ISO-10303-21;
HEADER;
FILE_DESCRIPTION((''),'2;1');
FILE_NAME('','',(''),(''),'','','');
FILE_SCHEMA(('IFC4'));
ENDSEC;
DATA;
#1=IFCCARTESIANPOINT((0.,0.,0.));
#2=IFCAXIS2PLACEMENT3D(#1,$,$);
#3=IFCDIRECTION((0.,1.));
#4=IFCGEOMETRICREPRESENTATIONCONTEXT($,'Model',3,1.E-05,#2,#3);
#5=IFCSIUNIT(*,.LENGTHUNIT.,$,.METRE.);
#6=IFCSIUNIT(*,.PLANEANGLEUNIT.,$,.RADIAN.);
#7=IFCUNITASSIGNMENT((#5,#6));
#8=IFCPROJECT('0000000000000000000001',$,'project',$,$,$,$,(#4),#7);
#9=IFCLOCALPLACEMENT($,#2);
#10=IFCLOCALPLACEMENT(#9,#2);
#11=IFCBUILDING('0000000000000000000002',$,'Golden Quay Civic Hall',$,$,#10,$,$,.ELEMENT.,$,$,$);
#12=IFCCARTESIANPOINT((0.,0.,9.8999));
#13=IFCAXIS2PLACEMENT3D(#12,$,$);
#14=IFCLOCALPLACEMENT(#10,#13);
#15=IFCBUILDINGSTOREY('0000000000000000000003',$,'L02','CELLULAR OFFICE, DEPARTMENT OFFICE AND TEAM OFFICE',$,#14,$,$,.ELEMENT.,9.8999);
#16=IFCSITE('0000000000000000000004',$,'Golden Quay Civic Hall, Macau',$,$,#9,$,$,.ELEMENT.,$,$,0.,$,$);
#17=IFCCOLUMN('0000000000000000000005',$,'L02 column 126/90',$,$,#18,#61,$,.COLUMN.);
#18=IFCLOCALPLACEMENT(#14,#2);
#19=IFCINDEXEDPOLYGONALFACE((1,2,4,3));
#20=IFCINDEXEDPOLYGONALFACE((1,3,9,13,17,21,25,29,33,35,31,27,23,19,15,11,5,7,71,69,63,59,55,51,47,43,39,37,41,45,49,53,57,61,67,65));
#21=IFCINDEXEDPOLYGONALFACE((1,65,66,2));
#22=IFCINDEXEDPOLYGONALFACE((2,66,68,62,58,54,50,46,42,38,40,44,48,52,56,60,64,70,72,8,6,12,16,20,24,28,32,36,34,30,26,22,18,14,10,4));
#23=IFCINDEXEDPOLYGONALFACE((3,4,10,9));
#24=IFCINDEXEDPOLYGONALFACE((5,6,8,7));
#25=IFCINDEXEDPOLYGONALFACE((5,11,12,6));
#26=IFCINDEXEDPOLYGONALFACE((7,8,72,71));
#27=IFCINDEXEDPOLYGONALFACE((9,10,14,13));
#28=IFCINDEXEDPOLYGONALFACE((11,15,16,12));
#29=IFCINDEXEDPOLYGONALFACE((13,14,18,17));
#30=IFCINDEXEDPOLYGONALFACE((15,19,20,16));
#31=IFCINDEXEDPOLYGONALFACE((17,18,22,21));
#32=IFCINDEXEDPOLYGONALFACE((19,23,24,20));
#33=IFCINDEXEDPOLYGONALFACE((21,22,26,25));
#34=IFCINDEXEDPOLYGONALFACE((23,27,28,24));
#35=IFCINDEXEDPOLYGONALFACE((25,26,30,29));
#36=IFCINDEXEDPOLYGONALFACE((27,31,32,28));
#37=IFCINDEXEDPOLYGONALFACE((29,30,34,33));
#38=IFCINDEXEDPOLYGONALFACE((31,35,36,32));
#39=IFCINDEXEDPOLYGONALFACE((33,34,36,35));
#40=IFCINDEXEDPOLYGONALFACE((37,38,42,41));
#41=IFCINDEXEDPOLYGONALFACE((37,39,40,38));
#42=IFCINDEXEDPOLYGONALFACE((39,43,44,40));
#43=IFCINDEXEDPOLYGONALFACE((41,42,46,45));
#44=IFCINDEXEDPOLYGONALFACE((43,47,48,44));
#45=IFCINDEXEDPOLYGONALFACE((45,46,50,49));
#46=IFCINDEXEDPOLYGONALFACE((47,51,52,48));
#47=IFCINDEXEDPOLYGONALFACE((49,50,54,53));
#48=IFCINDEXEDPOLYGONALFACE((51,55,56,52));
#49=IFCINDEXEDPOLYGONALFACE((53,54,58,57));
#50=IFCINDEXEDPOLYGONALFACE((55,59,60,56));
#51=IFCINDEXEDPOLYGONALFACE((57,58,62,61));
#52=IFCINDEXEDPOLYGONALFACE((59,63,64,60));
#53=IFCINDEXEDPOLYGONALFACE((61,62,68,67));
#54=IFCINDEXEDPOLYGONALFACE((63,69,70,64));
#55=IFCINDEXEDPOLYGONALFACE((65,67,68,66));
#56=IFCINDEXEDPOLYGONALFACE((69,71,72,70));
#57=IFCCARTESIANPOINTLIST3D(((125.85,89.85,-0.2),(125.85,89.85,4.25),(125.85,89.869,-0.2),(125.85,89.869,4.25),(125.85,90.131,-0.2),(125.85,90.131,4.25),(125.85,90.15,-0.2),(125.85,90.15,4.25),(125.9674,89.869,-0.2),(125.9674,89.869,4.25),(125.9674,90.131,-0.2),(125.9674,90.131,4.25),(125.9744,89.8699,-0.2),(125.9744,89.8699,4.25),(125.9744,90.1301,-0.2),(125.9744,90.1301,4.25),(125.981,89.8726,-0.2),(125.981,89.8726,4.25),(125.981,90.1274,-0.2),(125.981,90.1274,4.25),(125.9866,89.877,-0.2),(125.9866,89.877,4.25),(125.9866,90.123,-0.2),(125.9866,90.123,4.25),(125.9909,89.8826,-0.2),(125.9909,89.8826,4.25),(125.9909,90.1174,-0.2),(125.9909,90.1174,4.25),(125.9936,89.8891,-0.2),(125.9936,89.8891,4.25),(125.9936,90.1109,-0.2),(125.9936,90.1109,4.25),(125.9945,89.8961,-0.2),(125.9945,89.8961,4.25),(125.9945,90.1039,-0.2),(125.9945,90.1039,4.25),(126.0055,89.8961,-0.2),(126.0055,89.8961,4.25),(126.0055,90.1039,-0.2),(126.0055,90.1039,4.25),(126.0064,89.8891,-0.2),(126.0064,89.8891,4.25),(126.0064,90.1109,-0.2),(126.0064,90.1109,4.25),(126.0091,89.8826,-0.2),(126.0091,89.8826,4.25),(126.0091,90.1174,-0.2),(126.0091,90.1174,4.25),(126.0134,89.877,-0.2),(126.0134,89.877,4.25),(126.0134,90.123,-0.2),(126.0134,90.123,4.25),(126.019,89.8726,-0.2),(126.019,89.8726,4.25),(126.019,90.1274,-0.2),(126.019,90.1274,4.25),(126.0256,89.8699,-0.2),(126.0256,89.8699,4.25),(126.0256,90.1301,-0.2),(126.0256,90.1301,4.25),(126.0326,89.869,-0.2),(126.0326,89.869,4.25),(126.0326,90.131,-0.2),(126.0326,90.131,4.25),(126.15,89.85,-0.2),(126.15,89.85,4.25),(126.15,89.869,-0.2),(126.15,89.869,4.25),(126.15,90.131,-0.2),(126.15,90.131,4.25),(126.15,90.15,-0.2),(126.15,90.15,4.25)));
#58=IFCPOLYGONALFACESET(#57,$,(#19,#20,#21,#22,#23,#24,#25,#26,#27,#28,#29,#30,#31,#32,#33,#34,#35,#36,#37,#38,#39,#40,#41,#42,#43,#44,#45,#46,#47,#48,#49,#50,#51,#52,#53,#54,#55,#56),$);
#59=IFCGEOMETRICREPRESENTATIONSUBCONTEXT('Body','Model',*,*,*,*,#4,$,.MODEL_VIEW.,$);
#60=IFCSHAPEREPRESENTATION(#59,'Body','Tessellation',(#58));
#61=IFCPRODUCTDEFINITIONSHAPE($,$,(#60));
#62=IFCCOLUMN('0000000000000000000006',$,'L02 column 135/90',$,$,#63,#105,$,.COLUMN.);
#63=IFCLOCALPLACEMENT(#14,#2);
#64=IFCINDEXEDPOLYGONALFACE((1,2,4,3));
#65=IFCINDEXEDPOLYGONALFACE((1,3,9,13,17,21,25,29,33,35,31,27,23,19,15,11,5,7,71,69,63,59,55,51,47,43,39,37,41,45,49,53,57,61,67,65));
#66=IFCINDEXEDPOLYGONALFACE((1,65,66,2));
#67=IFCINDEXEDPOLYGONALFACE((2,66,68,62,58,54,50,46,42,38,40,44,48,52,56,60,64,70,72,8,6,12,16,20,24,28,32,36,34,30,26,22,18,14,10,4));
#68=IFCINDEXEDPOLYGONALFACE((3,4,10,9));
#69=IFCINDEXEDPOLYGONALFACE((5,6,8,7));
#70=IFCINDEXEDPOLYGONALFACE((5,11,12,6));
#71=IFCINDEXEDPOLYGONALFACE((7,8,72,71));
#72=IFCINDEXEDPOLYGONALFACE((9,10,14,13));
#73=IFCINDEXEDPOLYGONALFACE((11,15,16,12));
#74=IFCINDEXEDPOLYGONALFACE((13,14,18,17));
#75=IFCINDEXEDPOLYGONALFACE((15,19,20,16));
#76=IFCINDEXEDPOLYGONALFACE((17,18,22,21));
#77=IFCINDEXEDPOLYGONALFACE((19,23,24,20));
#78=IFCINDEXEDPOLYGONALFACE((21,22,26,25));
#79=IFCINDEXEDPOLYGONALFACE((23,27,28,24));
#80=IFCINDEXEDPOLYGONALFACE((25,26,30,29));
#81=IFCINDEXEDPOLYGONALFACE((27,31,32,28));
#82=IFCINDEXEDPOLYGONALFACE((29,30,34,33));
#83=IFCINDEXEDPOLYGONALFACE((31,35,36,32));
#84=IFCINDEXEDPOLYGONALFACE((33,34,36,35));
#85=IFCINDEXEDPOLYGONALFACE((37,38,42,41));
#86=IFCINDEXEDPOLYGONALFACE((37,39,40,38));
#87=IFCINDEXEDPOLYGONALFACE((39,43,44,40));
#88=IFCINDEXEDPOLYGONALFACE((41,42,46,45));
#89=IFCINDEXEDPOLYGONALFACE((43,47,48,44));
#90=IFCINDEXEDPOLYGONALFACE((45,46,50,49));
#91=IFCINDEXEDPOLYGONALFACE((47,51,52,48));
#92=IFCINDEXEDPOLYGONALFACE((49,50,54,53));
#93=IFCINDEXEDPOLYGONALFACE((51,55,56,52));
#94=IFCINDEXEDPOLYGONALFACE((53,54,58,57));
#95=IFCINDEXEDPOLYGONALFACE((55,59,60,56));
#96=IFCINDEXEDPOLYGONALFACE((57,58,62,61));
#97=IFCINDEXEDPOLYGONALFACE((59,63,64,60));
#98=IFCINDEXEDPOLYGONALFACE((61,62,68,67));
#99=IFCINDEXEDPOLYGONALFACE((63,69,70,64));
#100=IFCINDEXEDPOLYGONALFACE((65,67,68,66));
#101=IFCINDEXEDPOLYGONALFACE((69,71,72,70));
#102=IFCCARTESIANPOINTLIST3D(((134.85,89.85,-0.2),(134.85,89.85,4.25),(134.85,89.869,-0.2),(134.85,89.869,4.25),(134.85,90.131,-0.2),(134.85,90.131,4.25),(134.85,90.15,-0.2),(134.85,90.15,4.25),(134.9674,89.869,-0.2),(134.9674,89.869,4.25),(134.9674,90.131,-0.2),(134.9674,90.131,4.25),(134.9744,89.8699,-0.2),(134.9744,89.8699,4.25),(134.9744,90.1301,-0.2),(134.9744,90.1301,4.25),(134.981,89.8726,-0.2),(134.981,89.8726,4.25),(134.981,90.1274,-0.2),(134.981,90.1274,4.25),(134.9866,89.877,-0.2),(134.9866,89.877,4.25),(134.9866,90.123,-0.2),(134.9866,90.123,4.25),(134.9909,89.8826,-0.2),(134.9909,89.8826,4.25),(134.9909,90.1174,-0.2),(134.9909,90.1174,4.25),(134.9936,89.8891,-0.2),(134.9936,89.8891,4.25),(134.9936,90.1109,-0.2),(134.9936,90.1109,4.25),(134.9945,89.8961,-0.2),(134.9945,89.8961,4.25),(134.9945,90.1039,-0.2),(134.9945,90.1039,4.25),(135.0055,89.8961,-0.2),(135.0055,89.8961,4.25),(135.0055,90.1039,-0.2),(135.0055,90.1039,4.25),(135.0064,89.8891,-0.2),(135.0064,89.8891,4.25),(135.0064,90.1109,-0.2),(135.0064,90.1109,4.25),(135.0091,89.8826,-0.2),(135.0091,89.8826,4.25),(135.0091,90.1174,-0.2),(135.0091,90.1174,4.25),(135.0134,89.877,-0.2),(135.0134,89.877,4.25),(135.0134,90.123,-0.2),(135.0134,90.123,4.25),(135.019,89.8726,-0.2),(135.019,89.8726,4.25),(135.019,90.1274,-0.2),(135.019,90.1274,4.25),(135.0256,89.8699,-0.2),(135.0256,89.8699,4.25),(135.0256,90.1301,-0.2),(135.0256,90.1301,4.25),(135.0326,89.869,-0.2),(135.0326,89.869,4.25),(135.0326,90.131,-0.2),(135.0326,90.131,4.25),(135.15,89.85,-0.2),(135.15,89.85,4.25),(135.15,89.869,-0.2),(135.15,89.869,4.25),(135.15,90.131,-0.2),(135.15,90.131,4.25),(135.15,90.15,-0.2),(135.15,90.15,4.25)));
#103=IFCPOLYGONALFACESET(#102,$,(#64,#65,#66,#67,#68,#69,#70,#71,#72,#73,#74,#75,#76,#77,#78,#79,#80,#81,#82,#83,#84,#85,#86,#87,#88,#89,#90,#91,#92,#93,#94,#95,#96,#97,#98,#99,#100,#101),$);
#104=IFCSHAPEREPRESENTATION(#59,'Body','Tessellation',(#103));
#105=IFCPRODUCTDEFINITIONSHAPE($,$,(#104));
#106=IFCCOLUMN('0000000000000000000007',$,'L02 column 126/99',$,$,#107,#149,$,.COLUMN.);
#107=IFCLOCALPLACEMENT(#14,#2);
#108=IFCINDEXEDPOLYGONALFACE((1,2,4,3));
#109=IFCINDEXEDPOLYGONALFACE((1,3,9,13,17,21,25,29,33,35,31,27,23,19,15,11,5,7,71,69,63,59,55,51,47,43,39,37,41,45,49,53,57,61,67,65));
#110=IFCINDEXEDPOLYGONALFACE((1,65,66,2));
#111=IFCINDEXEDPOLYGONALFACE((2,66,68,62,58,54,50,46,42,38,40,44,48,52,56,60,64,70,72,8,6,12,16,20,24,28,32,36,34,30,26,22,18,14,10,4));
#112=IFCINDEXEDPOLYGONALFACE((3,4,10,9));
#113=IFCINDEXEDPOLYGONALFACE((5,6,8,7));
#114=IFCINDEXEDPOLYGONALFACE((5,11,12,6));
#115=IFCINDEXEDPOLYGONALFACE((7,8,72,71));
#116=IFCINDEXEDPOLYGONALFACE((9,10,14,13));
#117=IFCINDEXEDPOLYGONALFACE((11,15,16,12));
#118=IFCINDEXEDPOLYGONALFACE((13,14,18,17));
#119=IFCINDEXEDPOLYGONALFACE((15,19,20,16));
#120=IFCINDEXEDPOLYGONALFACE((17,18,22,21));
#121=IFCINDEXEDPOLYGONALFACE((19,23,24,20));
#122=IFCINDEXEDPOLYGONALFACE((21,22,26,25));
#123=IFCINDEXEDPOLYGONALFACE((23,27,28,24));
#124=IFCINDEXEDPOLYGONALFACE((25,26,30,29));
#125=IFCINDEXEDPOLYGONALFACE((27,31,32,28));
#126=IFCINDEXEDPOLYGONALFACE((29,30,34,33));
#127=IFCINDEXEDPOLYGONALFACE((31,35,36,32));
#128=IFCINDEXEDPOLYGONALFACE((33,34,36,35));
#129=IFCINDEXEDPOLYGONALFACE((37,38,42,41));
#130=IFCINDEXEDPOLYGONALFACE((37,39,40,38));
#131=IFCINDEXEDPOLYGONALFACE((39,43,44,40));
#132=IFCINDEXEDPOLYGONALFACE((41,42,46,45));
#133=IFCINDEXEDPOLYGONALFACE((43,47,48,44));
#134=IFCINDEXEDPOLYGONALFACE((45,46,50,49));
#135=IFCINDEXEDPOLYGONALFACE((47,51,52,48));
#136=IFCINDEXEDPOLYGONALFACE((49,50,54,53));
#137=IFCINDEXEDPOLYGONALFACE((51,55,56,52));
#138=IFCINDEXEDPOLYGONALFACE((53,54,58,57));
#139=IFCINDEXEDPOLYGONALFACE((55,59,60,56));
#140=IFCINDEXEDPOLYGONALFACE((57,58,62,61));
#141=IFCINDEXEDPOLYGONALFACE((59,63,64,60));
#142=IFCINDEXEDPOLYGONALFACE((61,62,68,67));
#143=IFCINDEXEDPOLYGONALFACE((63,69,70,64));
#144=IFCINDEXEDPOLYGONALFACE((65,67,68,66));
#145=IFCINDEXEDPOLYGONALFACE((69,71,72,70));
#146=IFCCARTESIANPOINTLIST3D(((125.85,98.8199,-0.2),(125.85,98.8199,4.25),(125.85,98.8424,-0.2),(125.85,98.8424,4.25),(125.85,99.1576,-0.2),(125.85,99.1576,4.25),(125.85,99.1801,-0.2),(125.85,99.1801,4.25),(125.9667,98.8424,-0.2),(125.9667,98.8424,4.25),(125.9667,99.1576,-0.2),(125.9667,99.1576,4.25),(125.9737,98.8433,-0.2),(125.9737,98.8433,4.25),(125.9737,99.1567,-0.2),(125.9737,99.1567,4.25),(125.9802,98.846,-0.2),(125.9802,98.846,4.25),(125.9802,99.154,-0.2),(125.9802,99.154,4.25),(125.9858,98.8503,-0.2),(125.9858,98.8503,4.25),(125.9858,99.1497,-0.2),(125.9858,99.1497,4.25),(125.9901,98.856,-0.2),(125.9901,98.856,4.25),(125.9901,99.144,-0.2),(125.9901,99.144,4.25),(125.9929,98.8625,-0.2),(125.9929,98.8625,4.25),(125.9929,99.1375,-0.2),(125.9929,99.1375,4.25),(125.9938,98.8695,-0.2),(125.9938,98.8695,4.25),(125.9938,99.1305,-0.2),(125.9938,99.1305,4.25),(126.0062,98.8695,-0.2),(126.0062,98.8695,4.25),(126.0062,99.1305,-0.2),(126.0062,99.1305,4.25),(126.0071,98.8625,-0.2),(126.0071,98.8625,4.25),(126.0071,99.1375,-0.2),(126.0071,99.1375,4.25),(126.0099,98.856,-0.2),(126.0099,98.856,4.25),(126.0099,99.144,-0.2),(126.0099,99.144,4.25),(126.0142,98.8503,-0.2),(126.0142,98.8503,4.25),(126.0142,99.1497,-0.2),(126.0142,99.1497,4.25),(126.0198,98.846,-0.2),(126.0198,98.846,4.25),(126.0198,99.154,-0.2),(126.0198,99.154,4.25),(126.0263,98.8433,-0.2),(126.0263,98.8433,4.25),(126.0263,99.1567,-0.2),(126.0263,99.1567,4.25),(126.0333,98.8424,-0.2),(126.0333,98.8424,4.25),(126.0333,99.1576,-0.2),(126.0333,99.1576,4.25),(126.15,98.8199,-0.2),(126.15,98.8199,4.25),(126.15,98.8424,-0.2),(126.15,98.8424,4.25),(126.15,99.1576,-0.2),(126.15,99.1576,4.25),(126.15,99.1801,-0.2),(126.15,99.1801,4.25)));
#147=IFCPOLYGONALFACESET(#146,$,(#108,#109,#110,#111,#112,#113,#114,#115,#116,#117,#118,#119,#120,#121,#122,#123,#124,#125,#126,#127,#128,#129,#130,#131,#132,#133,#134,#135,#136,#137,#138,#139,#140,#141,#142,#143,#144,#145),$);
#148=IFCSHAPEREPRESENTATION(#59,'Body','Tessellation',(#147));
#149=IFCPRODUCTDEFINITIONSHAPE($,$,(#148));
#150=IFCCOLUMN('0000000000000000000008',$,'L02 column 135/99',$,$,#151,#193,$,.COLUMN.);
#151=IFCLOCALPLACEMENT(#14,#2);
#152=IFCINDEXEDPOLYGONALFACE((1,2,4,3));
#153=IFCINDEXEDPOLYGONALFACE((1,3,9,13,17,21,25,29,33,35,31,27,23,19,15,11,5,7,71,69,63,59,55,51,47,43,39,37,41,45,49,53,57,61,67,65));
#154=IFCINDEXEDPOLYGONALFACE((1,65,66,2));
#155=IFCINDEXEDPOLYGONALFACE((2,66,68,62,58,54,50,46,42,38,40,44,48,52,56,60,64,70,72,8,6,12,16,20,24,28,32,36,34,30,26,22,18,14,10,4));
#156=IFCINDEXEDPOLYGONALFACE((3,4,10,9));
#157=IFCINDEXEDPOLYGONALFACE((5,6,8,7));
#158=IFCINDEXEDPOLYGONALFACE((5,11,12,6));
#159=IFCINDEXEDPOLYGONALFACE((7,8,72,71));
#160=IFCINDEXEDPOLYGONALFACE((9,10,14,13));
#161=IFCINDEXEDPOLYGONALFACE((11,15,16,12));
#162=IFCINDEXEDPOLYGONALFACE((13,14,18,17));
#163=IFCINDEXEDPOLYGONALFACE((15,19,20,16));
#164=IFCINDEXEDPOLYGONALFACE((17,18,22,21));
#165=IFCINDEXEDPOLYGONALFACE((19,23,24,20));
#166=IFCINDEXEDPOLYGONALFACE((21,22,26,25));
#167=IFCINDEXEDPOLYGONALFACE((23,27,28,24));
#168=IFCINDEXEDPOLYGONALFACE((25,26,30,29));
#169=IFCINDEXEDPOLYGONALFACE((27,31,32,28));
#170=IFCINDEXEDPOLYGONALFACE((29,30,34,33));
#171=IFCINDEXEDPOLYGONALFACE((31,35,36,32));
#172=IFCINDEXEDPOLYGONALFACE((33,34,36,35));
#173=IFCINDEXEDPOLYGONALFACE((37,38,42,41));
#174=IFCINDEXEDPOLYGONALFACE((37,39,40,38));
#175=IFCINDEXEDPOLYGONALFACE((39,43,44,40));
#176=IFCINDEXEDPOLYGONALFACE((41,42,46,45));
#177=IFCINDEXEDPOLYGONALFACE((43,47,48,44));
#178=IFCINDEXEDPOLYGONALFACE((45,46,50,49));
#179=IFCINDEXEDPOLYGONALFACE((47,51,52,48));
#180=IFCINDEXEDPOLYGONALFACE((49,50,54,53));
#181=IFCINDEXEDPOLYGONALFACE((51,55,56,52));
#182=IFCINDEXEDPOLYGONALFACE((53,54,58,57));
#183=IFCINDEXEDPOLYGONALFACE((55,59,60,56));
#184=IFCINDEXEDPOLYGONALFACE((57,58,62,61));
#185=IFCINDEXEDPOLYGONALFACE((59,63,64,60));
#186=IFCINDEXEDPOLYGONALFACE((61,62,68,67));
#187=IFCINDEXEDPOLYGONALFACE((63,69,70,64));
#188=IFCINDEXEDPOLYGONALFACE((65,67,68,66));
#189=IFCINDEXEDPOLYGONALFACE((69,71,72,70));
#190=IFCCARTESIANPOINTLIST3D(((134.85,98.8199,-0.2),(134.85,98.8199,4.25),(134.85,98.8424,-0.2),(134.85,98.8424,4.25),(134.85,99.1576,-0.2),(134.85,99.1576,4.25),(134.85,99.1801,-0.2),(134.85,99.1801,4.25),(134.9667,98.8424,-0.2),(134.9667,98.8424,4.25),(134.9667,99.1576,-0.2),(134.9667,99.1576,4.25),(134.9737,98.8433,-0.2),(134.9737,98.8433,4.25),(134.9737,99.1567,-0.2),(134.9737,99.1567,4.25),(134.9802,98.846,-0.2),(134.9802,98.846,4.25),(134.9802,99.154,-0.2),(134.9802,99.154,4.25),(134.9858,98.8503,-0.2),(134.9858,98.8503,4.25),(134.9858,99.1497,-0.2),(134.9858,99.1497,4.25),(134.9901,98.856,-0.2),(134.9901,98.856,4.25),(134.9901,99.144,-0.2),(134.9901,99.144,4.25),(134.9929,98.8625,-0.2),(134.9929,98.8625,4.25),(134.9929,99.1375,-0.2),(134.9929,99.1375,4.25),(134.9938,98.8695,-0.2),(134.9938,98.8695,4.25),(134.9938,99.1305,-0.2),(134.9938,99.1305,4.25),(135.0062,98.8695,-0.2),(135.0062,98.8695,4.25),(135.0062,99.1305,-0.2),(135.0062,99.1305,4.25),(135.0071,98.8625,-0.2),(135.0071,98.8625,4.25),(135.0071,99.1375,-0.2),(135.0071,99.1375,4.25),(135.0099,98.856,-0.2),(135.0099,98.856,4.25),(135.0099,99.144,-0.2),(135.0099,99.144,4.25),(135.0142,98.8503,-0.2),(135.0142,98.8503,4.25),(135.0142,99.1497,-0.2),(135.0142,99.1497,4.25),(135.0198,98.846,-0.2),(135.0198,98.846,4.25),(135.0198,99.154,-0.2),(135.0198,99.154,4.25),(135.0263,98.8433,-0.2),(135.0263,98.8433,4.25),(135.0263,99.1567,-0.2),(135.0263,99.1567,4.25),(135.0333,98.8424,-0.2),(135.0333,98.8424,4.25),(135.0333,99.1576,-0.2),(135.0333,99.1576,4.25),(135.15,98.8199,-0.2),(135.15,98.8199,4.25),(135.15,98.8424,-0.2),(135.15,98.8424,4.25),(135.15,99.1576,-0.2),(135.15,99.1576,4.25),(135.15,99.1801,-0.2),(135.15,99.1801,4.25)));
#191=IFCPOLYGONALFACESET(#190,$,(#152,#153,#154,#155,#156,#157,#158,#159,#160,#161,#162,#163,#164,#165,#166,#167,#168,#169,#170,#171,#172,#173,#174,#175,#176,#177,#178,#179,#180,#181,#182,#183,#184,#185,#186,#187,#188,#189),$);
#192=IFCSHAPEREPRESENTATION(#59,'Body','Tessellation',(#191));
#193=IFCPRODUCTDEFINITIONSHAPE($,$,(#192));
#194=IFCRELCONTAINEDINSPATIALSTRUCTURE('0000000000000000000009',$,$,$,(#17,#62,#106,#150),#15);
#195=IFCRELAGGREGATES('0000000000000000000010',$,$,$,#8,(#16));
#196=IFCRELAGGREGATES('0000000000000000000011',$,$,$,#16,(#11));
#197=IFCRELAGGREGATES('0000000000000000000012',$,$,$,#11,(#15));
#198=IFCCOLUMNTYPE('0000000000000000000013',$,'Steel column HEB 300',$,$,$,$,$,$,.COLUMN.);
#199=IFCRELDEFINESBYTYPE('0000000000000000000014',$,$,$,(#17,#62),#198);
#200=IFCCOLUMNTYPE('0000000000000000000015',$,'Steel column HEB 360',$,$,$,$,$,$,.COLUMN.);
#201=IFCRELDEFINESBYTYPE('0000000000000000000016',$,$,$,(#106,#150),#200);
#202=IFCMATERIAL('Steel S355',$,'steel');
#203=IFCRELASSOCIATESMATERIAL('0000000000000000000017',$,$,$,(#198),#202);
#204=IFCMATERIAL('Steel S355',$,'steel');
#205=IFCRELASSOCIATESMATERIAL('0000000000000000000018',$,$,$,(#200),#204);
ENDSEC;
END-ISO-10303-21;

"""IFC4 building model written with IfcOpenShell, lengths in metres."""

from ifc_helpers import new_model, si_unit, direction, frame, origin, origin_2d, place, context, subcontext, project, spatial, i_section, extrude, material, material_profile, profile_set, type_object, element, save


model = new_model("IFC4")

# Units and contexts
model_context = context("Model", 3, precision=1e-05, world=origin(), true_north=direction((0.0, 1.0)))
body_context = subcontext(model_context, "Body", "Model", "MODEL_VIEW")
ifc_project = project(units=[si_unit("LENGTHUNIT", "METRE"), si_unit("PLANEANGLEUNIT", "RADIAN")], contexts=[model_context])

# Site, building, storey
site_placement = place(None, origin())
site = spatial("IfcSite", under=ifc_project, at=site_placement, Name="Golden Quay Civic Hall, Macau", CompositionType="ELEMENT", RefElevation=0.0)
building_placement = place(site_placement, origin())
building = spatial("IfcBuilding", under=site, at=building_placement, Name="Golden Quay Civic Hall", CompositionType="ELEMENT")
storey_placement = place(building_placement, frame((0.0, 0.0, 9.8999)))
storey = spatial("IfcBuildingStorey", under=building, at=storey_placement, Name="L02", Description="CELLULAR OFFICE, DEPARTMENT OFFICE AND TEAM OFFICE", CompositionType="ELEMENT", Elevation=9.8999)

# Columns
ifc_material_1 = material(Name="Steel S355", Category="steel")
ifc_material_profile_1 = material_profile(ifc_material_1, i_section(OverallWidth=0.3, OverallDepth=0.3, WebThickness=0.011, FlangeThickness=0.019, FilletRadius=0.0271, at=origin_2d()), Name="HEB 300")
ifc_profile_set_1 = profile_set([ifc_material_profile_1], Name="Steel S355")
column_type_1 = type_object("IfcColumnType", Name="Steel column HEB 300", PredefinedType="COLUMN", material=ifc_profile_set_1)
for number, where, z_axis, x_axis, name in (
    (1, (126.0, 90.0, -0.2), (0.0, 0.0, 1.0), (1.0, 0.0, 0.0), "L02 column 126/90"),
    (2, (135.0, 90.0, -0.2), (0.0, 0.0, 1.0), (1.0, 0.0, 0.0), "L02 column 135/90"),
):
    element("IfcColumn", number, at=place(storey_placement, frame(where, z_axis=z_axis, x_axis=x_axis)), inside=storey, type_object=column_type_1, Name=name, PredefinedType="COLUMN", context=body_context, shape_type="SweptSolid", body=[
        extrude(i_section(OverallWidth=0.3, OverallDepth=0.3, WebThickness=0.011, FlangeThickness=0.019, FilletRadius=0.0271, at=origin_2d()), origin(), (0.0, 0.0, 1.0), 4.45),
    ])
ifc_material_2 = material(Name="Steel S355", Category="steel")
ifc_material_profile_2 = material_profile(ifc_material_2, i_section(OverallWidth=0.3, OverallDepth=0.3601, WebThickness=0.0125, FlangeThickness=0.0225, FilletRadius=0.0271, at=origin_2d()), Name="HEB 360")
ifc_profile_set_2 = profile_set([ifc_material_profile_2], Name="Steel S355")
column_type_2 = type_object("IfcColumnType", Name="Steel column HEB 360", PredefinedType="COLUMN", material=ifc_profile_set_2)
for number, where, z_axis, x_axis, name in (
    (3, (126.0, 99.0, -0.2), (0.0, 0.0, 1.0), (1.0, 0.0, 0.0), "L02 column 126/99"),
    (4, (135.0, 99.0, -0.2), (0.0, 0.0, 1.0), (1.0, 0.0, 0.0), "L02 column 135/99"),
):
    element("IfcColumn", number, at=place(storey_placement, frame(where, z_axis=z_axis, x_axis=x_axis)), inside=storey, type_object=column_type_2, Name=name, PredefinedType="COLUMN", context=body_context, shape_type="SweptSolid", body=[
        extrude(i_section(OverallWidth=0.3, OverallDepth=0.3601, WebThickness=0.0125, FlangeThickness=0.0225, FilletRadius=0.0271, at=origin_2d()), origin(), (0.0, 0.0, 1.0), 4.45),
    ])

save(model, "model.ifc")
